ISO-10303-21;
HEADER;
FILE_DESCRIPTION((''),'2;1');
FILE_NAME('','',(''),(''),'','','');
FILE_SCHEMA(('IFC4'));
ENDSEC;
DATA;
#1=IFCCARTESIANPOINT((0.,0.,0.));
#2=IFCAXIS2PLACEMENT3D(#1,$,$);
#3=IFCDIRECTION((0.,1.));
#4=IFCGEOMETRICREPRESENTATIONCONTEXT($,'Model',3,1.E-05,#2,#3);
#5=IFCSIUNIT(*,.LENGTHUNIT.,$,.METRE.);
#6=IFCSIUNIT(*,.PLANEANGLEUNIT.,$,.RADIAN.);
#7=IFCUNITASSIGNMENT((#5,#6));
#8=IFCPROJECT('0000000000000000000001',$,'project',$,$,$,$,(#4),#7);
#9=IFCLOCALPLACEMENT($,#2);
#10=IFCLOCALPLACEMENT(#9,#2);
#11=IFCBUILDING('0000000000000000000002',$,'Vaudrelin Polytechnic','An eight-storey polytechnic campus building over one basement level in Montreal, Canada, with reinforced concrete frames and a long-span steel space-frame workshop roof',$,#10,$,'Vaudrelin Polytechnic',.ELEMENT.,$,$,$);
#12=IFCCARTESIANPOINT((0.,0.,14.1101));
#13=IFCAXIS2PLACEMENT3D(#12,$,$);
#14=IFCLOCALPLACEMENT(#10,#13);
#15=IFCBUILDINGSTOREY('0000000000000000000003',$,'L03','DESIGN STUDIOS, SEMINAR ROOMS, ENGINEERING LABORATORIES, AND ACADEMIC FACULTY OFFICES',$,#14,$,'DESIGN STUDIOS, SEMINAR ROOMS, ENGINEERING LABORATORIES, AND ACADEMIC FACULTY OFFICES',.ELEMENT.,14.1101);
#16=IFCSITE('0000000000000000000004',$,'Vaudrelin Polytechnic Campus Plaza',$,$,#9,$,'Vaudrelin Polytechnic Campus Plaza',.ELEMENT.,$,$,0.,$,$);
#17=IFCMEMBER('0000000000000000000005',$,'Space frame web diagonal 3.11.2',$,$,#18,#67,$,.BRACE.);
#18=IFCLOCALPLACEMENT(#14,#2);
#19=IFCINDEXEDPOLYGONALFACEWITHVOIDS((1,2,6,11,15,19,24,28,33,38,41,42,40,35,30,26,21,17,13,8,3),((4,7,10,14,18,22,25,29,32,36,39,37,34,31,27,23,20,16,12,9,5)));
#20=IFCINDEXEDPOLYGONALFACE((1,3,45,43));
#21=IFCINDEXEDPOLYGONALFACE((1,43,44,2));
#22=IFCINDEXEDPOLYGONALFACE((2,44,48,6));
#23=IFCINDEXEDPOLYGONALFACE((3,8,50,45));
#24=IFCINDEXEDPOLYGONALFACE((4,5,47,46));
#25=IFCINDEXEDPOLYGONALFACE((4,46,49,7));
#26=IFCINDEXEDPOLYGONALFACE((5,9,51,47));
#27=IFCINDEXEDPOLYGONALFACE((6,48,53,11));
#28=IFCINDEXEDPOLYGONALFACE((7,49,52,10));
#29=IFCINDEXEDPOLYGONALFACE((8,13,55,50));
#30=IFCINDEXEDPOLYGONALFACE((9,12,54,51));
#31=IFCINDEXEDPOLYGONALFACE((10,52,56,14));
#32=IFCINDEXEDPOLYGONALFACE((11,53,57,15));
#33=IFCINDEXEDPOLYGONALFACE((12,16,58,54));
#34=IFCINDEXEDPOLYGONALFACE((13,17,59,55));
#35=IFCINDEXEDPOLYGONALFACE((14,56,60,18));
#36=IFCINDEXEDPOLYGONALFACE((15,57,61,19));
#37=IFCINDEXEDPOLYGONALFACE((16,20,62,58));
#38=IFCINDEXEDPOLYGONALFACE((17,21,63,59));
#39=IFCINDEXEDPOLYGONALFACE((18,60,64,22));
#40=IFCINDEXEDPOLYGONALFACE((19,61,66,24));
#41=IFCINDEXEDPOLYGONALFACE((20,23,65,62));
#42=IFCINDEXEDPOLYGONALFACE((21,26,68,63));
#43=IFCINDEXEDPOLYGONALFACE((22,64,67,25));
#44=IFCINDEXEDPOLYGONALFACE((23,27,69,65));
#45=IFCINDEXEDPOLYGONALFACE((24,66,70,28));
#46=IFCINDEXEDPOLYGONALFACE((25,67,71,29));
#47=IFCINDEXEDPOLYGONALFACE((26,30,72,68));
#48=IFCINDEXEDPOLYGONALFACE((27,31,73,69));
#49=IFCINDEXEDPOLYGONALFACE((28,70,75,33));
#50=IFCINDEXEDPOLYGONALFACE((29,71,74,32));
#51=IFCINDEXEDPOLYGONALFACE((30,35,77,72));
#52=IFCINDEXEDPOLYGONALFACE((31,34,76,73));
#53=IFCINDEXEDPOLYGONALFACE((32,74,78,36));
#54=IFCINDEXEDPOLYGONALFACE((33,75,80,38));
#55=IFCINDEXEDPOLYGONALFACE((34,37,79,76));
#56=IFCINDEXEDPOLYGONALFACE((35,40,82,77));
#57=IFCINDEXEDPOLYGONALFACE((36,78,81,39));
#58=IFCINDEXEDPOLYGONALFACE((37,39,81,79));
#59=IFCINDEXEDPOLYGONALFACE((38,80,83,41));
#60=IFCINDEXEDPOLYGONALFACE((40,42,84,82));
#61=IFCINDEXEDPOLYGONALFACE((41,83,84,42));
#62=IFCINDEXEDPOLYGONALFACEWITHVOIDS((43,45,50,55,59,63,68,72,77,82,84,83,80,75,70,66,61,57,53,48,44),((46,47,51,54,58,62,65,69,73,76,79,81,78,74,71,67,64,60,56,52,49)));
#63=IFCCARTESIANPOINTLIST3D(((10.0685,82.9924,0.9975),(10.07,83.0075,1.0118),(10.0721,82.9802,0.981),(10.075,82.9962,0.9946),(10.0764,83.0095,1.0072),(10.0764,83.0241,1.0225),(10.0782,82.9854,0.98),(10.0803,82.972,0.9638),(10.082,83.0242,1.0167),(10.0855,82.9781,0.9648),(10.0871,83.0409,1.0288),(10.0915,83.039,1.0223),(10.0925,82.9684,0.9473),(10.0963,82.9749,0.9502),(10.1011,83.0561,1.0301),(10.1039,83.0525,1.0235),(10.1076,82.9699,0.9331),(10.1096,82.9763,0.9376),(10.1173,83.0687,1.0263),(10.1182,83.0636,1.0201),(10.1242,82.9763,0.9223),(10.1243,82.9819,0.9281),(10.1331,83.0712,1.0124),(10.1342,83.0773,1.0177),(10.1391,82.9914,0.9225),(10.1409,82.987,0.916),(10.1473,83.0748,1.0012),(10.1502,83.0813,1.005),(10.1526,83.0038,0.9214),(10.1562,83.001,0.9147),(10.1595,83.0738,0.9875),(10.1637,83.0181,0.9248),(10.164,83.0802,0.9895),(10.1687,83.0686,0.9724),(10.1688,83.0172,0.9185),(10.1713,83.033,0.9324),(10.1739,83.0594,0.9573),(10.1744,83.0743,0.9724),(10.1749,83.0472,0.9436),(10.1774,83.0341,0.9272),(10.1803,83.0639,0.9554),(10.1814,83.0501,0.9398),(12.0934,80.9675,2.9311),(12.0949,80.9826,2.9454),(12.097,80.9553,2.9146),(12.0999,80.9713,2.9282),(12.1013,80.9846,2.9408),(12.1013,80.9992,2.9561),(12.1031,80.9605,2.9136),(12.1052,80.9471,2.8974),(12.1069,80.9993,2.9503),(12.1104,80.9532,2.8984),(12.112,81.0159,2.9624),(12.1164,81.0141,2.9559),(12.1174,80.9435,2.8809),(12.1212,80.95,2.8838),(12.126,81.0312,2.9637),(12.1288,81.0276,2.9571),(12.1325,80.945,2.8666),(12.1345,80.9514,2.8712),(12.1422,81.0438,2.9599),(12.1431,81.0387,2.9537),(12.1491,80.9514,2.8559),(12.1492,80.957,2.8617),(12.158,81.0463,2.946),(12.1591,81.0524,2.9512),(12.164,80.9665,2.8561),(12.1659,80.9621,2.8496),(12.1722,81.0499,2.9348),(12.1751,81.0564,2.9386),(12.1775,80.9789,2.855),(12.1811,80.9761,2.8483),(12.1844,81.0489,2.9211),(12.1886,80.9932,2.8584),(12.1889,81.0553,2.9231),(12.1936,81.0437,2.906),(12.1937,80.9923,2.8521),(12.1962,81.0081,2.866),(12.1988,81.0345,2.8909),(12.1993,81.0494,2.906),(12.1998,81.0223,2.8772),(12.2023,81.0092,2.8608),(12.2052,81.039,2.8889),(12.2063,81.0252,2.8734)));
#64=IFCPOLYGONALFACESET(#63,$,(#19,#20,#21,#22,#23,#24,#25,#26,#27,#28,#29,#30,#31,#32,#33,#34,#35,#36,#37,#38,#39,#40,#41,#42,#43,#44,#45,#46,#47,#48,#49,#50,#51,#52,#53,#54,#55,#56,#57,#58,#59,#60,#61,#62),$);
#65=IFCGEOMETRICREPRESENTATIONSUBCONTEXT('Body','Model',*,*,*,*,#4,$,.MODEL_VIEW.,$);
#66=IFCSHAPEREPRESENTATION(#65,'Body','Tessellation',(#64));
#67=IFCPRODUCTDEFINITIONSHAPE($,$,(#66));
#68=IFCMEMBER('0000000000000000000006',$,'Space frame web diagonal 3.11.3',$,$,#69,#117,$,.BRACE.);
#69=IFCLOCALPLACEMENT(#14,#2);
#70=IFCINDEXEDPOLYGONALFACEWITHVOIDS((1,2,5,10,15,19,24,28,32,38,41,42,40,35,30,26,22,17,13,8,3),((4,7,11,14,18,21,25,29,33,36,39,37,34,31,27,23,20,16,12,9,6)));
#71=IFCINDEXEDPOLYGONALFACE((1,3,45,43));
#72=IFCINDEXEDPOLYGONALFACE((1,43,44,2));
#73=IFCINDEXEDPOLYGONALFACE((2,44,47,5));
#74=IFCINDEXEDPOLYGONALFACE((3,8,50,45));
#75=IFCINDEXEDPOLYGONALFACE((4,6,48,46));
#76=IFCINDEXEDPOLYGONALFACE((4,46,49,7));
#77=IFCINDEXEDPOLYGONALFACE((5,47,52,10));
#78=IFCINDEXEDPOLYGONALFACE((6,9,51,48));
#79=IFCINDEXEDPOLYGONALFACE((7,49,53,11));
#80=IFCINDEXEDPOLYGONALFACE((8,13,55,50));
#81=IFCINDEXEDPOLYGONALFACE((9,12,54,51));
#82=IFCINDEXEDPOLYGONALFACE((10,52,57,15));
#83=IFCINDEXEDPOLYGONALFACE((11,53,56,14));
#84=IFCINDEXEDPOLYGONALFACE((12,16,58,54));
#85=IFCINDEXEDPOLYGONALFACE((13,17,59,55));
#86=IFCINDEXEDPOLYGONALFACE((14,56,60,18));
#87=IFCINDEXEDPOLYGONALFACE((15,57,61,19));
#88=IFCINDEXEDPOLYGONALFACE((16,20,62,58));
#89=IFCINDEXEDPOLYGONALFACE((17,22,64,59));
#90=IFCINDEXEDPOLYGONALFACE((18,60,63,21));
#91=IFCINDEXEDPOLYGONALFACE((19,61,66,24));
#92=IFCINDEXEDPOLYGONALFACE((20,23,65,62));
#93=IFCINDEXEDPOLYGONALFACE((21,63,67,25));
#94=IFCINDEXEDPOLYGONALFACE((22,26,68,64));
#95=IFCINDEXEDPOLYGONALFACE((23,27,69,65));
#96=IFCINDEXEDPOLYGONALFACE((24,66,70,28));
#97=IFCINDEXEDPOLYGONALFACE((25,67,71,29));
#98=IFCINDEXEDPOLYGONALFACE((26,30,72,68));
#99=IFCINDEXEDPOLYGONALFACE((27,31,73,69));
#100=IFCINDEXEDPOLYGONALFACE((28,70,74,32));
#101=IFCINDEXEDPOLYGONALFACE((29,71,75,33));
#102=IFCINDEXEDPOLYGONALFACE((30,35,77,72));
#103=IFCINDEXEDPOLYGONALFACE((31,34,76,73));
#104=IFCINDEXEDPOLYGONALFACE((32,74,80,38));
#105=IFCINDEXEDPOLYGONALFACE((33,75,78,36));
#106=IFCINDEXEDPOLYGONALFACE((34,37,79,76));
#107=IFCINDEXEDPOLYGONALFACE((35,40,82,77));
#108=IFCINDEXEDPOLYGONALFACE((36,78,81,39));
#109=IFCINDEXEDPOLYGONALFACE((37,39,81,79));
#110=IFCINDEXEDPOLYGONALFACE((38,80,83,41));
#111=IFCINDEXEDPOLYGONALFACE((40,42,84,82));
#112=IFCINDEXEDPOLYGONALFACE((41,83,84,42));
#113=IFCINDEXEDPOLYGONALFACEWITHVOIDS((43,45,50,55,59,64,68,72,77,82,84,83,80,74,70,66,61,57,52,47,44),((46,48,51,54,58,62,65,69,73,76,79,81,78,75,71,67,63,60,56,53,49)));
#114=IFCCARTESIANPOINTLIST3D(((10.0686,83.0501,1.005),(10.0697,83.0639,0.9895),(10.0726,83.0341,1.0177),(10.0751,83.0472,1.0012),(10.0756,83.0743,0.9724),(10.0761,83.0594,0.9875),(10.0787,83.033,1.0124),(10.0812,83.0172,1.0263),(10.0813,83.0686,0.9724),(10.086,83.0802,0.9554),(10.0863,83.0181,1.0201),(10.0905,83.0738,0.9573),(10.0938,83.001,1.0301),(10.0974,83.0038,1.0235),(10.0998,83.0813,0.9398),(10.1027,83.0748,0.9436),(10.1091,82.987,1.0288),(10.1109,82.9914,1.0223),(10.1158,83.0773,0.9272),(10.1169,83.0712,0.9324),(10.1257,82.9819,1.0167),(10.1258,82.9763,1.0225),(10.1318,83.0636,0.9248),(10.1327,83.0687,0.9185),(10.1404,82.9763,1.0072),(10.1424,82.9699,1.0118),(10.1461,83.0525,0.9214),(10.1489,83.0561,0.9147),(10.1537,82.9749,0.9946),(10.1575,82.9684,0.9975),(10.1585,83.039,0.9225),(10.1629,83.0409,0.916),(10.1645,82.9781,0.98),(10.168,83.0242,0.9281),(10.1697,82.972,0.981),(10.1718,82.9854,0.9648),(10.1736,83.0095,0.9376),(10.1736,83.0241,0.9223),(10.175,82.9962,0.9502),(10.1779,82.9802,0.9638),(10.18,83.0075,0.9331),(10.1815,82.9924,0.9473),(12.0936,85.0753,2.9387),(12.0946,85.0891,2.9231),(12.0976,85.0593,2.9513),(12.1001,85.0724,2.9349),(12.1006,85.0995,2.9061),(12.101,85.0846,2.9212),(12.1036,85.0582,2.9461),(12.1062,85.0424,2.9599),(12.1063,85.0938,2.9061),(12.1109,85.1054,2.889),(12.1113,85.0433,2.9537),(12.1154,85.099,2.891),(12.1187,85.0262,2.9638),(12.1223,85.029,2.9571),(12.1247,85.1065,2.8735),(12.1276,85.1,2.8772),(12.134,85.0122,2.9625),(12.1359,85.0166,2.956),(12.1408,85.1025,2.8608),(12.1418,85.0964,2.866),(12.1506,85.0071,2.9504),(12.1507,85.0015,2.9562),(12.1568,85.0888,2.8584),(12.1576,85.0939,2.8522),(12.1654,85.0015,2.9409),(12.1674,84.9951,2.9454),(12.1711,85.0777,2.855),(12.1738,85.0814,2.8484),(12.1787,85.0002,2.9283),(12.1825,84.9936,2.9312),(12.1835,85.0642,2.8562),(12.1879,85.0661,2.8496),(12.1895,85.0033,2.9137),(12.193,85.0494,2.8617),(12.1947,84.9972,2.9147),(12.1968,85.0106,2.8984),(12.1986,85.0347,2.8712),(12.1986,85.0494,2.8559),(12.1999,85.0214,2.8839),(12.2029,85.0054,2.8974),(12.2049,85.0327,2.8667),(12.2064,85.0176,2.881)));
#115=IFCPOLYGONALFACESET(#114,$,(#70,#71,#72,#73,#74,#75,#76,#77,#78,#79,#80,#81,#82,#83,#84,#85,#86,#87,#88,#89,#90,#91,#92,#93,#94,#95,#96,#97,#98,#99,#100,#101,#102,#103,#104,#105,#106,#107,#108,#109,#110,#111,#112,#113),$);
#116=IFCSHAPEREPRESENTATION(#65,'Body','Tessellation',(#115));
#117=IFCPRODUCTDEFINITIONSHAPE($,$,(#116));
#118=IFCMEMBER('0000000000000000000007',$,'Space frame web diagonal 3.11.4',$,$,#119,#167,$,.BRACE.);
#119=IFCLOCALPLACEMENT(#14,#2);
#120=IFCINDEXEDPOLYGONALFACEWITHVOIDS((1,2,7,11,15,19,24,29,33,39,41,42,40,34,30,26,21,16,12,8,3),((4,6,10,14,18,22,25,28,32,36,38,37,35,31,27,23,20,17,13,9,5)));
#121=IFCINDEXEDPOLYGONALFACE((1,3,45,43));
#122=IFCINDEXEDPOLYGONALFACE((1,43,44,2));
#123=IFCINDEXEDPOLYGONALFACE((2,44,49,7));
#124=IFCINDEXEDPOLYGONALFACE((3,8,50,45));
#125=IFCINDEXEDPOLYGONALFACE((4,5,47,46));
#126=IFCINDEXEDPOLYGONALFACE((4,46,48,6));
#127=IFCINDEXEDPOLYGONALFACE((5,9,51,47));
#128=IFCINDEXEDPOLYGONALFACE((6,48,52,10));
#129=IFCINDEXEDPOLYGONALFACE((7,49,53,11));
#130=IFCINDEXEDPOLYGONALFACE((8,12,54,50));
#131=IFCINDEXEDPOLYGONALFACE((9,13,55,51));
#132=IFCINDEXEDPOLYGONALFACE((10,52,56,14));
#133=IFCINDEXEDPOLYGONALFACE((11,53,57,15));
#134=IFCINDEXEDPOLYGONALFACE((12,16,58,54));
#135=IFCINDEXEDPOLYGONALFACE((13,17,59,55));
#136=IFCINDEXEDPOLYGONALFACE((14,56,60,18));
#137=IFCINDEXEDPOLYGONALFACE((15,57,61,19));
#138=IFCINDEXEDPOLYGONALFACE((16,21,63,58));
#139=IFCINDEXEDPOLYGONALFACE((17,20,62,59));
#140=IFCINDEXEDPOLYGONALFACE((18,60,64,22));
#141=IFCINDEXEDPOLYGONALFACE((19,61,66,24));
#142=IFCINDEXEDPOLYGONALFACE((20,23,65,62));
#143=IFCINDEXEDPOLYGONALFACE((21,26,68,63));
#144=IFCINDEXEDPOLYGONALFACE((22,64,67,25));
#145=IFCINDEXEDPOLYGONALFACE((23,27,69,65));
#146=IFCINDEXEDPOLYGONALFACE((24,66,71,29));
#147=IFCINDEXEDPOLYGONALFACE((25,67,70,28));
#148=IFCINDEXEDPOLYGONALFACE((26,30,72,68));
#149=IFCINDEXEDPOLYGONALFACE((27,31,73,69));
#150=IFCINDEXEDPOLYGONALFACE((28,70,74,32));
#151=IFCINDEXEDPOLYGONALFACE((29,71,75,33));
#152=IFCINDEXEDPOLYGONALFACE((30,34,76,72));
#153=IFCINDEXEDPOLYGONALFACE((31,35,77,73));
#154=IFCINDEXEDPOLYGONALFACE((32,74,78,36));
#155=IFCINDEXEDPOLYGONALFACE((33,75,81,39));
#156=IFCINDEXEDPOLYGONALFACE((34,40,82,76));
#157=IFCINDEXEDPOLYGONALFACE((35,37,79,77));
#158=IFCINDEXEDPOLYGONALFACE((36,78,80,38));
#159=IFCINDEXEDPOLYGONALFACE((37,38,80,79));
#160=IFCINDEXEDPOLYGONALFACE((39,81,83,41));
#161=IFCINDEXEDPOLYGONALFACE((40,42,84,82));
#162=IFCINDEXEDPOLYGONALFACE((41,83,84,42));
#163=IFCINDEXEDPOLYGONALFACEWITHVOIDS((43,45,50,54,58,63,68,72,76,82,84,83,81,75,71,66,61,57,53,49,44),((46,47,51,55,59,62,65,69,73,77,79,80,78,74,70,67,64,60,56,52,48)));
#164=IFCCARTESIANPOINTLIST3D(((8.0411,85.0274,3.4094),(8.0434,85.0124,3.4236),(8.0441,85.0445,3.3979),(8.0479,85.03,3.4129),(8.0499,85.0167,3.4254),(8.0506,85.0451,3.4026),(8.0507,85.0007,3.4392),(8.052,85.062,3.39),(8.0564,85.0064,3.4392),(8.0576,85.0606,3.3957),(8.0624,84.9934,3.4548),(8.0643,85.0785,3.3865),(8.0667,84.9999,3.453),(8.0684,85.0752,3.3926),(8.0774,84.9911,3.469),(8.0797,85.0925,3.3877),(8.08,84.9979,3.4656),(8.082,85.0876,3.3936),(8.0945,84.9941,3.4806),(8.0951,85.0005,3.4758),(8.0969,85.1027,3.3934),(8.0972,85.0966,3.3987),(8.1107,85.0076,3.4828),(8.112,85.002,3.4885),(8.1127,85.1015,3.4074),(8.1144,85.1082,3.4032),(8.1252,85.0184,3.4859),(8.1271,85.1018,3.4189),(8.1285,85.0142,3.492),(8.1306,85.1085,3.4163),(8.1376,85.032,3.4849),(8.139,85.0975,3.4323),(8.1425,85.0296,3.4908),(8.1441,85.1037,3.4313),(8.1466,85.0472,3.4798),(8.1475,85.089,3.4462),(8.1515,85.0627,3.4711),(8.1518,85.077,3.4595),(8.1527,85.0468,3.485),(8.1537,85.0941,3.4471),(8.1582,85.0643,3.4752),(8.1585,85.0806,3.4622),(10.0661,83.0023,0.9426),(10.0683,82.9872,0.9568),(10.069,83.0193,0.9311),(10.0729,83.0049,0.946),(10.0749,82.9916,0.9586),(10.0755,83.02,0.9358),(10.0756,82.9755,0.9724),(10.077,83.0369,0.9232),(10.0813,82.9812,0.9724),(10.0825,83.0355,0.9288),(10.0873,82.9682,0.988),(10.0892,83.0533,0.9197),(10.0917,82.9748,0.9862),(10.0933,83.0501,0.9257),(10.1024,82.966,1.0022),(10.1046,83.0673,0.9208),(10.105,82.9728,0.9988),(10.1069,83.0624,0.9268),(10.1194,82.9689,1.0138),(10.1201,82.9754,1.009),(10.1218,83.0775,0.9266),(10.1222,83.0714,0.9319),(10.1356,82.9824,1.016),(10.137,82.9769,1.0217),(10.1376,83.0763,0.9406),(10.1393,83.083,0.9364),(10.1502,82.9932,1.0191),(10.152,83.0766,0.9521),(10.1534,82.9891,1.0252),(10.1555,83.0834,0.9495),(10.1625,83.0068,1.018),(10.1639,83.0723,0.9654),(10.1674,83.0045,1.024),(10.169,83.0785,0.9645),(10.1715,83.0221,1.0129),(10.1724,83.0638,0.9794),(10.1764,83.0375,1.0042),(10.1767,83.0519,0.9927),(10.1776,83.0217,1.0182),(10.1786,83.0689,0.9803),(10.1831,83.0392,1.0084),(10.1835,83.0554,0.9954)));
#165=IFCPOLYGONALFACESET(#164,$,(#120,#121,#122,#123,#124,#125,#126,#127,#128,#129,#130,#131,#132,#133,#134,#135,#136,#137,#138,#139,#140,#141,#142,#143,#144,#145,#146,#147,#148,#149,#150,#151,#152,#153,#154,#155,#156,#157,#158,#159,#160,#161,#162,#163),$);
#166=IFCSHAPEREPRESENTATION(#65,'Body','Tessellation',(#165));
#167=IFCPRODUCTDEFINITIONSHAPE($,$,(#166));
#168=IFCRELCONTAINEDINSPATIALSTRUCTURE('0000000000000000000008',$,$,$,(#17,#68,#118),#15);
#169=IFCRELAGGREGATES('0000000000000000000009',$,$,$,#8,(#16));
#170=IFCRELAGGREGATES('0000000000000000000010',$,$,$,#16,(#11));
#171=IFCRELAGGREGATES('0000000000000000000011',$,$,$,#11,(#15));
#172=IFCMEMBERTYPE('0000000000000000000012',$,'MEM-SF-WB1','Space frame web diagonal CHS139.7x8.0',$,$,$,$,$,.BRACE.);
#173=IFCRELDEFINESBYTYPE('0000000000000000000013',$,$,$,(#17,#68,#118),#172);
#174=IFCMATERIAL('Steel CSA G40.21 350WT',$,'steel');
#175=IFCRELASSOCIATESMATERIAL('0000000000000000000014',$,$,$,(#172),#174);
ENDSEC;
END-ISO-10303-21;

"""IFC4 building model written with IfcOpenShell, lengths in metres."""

from ifc_helpers import new_model, si_unit, direction, frame, origin, origin_2d, place, context, subcontext, project, spatial, hollow_circle, extrude, material, material_profile, profile_set, type_object, element, save


model = new_model("IFC4")

# Units and contexts
model_context = context("Model", 3, precision=1e-05, world=origin(), true_north=direction((0.0, 1.0)))
body_context = subcontext(model_context, "Body", "Model", "MODEL_VIEW")
ifc_project = project(units=[si_unit("LENGTHUNIT", "METRE"), si_unit("PLANEANGLEUNIT", "RADIAN")], contexts=[model_context])

# Site, building, storey
site_placement = place(None, origin())
site = spatial("IfcSite", under=ifc_project, at=site_placement, Name="Vaudrelin Polytechnic Campus Plaza", LongName="Vaudrelin Polytechnic Campus Plaza", CompositionType="ELEMENT", RefElevation=0.0)
building_placement = place(site_placement, origin())
building = spatial("IfcBuilding", under=site, at=building_placement, Name="Vaudrelin Polytechnic", Description="An eight-storey polytechnic campus building over one basement level in Montreal, Canada, with reinforced concrete frames and a long-span steel space-frame workshop roof", LongName="Vaudrelin Polytechnic", CompositionType="ELEMENT")
storey_placement = place(building_placement, frame((0.0, 0.0, 14.1101)))
storey = spatial("IfcBuildingStorey", under=building, at=storey_placement, Name="L03", Description="DESIGN STUDIOS, SEMINAR ROOMS, ENGINEERING LABORATORIES, AND ACADEMIC FACULTY OFFICES", LongName="DESIGN STUDIOS, SEMINAR ROOMS, ENGINEERING LABORATORIES, AND ACADEMIC FACULTY OFFICES", CompositionType="ELEMENT", Elevation=14.1101)

# Members
ifc_material = material(Name="Steel CSA G40.21 350WT", Category="steel")
ifc_material_profile_1 = material_profile(ifc_material, hollow_circle(Radius=0.0698, WallThickness=0.0081, at=origin_2d()), Name="CHS139.7x8.0")
ifc_profile_set_1 = profile_set([ifc_material_profile_1], Name="Steel CSA G40.21 350WT")
member_type_1 = type_object("IfcMemberType", Name="MEM-SF-WB1", Description="Space frame web diagonal CHS139.7x8.0", PredefinedType="BRACE", material=ifc_profile_set_1)
member_1_placement = place(storey_placement, frame((10.125, 83.0249, 0.9724), z_axis=(0.586024, -0.586024, 0.559599), x_axis=(0.707107, 0.707107, 0.0)))
element("IfcMember", 1, at=member_1_placement, inside=storey, type_object=member_type_1, Name="Space frame web diagonal 3.11.2", PredefinedType="BRACE", context=body_context, shape_type="SweptSolid", body=[
    extrude(hollow_circle(Radius=0.0698, WallThickness=0.0081, at=origin_2d()), origin(), (0.0, 0.0, 1.0), 3.4553),
])
member_2_placement = place(storey_placement, frame((10.125, 83.0249, 0.9724), z_axis=(0.586, 0.586071, 0.559576), x_axis=(-0.707149, 0.707064, 0.0)))
element("IfcMember", 2, at=member_2_placement, inside=storey, type_object=member_type_1, Name="Space frame web diagonal 3.11.3", PredefinedType="BRACE", context=body_context, shape_type="SweptSolid", body=[
    extrude(hollow_circle(Radius=0.0698, WallThickness=0.0081, at=origin_2d()), origin(), (0.0, 0.0, 1.0), 3.4556),
])
for number, where, z_axis, x_axis, name in (
    (3, (10.125, 83.0249, 0.9724), (-0.535723, 0.535788, 0.652634), (-0.707149, -0.707064, 0.0), "Space frame web diagonal 3.11.4"),
):
    element("IfcMember", number, at=place(storey_placement, frame(where, z_axis=z_axis, x_axis=x_axis)), inside=storey, type_object=member_type_1, Name=name, PredefinedType="BRACE", context=body_context, shape_type="SweptSolid", body=[
        extrude(hollow_circle(Radius=0.0698, WallThickness=0.0081, at=origin_2d()), origin(), (0.0, 0.0, 1.0), 3.7798),
    ])

save(model, "model.ifc")
